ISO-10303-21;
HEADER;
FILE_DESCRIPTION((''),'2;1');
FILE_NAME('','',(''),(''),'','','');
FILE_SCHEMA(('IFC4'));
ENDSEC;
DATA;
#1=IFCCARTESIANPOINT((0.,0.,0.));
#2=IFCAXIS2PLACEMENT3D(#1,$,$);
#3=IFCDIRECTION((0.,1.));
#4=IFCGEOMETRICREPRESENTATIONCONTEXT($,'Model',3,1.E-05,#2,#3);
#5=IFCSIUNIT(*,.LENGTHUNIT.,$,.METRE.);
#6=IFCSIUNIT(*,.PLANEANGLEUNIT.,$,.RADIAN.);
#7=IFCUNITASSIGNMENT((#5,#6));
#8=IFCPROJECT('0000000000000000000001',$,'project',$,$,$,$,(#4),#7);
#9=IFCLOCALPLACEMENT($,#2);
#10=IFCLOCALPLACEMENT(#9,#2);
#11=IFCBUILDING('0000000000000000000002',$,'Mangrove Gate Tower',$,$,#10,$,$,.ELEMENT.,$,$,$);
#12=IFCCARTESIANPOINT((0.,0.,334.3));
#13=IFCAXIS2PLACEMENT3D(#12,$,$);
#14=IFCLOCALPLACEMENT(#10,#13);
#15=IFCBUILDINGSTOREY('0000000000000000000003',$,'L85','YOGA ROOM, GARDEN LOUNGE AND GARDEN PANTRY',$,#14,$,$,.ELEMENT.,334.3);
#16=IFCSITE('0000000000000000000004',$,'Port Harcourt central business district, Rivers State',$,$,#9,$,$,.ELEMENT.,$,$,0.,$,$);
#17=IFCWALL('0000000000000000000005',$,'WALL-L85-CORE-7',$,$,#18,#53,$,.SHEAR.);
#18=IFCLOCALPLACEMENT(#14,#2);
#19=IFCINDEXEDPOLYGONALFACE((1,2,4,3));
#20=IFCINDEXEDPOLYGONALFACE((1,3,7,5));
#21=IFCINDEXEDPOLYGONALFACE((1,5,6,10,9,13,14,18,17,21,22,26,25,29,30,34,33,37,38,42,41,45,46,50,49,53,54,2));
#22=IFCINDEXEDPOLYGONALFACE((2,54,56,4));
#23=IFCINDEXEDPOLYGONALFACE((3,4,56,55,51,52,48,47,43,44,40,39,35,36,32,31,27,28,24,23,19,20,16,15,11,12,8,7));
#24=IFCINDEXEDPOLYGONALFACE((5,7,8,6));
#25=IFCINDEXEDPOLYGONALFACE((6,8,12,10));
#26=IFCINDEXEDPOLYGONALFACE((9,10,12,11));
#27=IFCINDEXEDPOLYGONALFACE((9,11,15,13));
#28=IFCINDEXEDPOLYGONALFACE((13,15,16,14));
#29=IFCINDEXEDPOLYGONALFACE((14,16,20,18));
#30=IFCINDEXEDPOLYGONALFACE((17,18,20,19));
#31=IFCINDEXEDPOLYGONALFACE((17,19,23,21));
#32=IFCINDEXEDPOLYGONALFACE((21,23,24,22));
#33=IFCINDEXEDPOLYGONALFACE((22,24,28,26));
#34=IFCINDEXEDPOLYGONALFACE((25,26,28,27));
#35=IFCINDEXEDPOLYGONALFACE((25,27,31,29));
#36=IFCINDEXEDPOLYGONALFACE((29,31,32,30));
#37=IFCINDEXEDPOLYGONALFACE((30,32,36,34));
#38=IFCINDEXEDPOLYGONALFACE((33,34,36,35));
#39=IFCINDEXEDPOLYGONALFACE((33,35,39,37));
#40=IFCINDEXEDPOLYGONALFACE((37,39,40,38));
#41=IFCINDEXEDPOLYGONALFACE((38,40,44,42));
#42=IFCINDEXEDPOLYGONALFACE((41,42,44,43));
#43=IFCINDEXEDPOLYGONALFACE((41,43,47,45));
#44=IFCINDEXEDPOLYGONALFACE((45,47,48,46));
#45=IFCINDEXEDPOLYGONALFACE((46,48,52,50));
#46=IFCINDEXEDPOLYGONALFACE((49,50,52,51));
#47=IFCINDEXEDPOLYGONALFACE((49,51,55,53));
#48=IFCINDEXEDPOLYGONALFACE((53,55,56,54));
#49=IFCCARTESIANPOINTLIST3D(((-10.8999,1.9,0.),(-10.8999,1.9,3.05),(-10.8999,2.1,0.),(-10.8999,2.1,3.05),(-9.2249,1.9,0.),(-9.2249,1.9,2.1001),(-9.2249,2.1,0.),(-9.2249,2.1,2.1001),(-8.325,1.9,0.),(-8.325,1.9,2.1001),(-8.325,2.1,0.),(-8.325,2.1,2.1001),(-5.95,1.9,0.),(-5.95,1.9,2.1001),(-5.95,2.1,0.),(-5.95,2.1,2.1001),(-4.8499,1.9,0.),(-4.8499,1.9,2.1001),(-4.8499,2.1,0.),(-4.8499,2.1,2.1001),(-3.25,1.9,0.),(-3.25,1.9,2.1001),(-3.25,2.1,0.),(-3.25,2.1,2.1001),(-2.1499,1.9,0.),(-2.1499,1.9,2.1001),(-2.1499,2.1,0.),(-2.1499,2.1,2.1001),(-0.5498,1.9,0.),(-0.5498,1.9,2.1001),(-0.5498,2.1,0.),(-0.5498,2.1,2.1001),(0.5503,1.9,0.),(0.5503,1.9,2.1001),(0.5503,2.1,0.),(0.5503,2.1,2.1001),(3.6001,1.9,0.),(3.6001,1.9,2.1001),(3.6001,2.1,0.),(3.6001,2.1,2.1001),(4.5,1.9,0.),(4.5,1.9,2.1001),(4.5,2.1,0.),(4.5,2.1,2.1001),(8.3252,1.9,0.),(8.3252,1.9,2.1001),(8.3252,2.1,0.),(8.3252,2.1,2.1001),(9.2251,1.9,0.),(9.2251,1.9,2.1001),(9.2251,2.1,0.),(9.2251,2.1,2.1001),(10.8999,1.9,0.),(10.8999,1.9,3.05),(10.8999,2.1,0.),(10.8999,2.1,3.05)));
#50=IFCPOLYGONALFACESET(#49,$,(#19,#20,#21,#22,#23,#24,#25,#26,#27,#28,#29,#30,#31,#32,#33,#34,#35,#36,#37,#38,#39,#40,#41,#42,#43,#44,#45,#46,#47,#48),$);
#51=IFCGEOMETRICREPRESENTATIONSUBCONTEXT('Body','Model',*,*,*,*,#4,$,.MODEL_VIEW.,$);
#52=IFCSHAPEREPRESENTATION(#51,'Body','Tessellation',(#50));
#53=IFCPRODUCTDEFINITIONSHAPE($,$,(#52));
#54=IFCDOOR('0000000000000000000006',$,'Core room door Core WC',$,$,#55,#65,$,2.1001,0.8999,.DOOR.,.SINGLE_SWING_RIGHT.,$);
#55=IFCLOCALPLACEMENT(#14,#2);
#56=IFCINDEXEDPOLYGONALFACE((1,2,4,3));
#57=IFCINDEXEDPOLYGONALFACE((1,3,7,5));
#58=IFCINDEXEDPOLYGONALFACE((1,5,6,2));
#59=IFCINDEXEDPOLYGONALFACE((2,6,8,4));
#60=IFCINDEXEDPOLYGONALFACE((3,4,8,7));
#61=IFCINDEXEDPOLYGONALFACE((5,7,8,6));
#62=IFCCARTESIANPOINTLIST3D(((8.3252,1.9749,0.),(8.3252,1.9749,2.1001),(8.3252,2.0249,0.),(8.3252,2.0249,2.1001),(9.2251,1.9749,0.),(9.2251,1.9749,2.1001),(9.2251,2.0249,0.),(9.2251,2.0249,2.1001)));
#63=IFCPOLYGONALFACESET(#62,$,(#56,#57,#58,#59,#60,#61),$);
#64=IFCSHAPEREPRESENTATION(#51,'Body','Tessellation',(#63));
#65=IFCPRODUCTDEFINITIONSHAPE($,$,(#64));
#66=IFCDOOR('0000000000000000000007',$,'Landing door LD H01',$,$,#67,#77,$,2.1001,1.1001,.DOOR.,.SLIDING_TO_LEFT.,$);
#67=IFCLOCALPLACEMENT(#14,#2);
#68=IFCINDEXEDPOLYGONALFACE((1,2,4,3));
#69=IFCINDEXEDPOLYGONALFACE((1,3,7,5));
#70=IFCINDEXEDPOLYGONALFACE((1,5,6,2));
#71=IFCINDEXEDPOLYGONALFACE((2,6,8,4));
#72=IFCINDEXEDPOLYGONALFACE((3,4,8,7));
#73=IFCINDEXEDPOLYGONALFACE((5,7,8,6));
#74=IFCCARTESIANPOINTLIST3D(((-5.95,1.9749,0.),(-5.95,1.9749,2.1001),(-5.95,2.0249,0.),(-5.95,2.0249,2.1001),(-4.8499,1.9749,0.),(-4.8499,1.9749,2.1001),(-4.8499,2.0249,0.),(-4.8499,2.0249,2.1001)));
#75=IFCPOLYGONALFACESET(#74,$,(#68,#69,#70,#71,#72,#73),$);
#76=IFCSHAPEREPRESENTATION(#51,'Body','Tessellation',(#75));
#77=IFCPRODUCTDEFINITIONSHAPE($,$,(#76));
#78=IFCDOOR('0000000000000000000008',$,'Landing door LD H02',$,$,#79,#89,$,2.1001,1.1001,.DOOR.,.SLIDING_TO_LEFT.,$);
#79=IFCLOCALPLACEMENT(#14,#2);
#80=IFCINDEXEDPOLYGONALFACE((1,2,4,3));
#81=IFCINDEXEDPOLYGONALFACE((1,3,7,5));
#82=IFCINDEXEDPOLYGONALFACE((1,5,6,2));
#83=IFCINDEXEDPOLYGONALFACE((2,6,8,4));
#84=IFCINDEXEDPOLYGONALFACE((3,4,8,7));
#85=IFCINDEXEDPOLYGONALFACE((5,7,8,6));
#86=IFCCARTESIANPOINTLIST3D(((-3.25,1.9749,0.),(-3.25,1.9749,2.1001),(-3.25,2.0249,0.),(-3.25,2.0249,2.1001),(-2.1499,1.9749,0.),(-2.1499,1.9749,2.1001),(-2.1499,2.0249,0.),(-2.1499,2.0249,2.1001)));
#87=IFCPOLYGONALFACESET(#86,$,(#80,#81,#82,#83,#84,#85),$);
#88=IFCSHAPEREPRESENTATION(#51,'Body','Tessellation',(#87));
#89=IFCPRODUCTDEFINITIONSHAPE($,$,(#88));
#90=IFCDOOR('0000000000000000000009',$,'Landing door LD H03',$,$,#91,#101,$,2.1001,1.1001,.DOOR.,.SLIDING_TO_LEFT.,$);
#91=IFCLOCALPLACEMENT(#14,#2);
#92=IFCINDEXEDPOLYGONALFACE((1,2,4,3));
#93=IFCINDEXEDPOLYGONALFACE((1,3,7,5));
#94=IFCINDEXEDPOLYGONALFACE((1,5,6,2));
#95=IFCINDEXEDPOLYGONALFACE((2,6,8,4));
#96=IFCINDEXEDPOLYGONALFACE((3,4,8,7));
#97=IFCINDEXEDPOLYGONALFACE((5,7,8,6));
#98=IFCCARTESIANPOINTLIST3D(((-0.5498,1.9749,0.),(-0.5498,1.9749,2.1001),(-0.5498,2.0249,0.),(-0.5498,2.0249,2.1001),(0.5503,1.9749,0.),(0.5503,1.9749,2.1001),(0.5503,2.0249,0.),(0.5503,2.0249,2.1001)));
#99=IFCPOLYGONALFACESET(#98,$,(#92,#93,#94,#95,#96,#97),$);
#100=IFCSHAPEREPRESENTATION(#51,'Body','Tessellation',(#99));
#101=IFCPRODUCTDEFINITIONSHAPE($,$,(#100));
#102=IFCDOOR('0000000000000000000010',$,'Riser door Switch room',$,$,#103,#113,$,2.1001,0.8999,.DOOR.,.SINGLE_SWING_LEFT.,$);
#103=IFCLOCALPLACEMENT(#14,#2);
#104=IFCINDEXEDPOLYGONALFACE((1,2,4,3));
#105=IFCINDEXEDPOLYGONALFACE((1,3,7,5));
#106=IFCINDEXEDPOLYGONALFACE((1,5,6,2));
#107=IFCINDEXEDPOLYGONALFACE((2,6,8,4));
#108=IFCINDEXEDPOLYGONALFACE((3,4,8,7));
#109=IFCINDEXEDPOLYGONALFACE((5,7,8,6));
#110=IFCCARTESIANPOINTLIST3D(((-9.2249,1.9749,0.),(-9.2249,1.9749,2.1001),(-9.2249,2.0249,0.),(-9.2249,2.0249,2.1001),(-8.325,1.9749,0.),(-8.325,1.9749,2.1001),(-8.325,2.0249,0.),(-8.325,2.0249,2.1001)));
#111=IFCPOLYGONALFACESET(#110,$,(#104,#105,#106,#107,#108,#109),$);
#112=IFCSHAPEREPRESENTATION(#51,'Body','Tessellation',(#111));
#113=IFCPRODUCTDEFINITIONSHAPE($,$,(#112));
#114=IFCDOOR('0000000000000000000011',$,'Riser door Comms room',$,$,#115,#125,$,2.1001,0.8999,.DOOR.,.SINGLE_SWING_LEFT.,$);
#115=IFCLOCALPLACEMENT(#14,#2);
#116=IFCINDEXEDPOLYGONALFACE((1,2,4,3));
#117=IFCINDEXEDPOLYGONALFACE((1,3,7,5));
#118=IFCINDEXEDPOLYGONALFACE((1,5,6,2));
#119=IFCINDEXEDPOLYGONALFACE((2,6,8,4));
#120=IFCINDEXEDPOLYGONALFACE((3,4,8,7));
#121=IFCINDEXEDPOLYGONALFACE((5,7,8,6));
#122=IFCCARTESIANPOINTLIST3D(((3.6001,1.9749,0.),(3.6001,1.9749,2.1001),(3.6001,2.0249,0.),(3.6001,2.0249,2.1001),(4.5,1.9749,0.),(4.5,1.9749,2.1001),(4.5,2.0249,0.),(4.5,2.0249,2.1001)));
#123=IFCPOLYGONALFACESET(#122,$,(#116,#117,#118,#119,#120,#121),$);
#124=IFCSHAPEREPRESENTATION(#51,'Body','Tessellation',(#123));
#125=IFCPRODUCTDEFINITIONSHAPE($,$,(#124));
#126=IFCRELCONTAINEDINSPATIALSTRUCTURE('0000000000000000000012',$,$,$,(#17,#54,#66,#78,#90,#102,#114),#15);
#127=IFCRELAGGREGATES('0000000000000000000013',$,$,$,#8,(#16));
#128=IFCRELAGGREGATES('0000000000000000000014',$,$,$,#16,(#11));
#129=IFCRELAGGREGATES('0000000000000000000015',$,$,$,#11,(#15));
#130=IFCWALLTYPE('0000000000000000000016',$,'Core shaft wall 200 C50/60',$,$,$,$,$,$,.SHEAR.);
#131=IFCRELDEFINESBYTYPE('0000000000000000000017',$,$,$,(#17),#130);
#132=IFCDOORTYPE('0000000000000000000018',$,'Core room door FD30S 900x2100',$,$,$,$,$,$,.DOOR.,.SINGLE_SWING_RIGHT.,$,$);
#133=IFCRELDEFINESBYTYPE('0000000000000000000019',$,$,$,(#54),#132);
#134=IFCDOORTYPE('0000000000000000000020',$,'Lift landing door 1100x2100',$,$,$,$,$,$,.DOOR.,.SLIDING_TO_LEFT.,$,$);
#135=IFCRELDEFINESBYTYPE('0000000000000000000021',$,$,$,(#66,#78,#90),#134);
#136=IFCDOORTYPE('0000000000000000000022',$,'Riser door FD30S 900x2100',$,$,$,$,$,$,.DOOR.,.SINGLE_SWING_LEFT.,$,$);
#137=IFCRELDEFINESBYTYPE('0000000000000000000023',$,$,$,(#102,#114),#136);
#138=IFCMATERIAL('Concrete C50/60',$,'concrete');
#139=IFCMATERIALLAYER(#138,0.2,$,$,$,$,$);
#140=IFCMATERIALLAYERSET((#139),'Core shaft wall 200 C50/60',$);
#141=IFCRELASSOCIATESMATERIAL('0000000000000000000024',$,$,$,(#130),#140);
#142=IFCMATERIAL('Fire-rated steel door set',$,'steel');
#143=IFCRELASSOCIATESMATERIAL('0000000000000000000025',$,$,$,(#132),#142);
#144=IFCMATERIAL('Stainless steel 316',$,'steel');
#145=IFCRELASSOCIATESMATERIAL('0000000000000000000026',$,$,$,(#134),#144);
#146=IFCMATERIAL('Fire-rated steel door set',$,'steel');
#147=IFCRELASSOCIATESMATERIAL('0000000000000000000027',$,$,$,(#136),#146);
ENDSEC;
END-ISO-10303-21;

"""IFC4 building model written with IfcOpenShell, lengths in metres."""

from ifc_helpers import new_model, si_unit, direction, frame, frame_2d, origin, place, context, subcontext, project, spatial, rectangle, extrude, material, layer, layer_set, type_object, element, fill, save


model = new_model("IFC4")

# Units and contexts
model_context = context("Model", 3, precision=1e-05, world=origin(), true_north=direction((0.0, 1.0)))
body_context = subcontext(model_context, "Body", "Model", "MODEL_VIEW")
ifc_project = project(units=[si_unit("LENGTHUNIT", "METRE"), si_unit("PLANEANGLEUNIT", "RADIAN")], contexts=[model_context])

# Site, building, storey
site_placement = place(None, origin())
site = spatial("IfcSite", under=ifc_project, at=site_placement, Name="Port Harcourt central business district, Rivers State", CompositionType="ELEMENT", RefElevation=0.0)
building_placement = place(site_placement, origin())
building = spatial("IfcBuilding", under=site, at=building_placement, Name="Mangrove Gate Tower", CompositionType="ELEMENT")
storey_placement = place(building_placement, frame((0.0, 0.0, 334.3)))
storey = spatial("IfcBuildingStorey", under=building, at=storey_placement, Name="L85", Description="YOGA ROOM, GARDEN LOUNGE AND GARDEN PANTRY", CompositionType="ELEMENT", Elevation=334.3)

# Shared definitions
ifc_material_1 = material(Name="Concrete C50/60", Category="concrete")
ifc_layer_1 = layer(ifc_material_1, 0.2)
ifc_layer_set_1 = layer_set([ifc_layer_1], Name="Core shaft wall 200 C50/60")
wall_type_1 = type_object("IfcWallType", Name="Core shaft wall 200 C50/60", PredefinedType="SHEAR", material=ifc_layer_set_1)

# Wall, openings, doors
wall_1_placement = place(storey_placement, frame((-10.8999, 2.0, 0.0), z_axis=(0.0, 0.0, 1.0), x_axis=(1.0, 0.0, 0.0)))
wall_1 = element("IfcWall", 1, at=wall_1_placement, inside=storey, type_object=wall_type_1, Name="WALL-L85-CORE-7", PredefinedType="SHEAR", context=body_context, shape_type="SweptSolid", body=[
    extrude(rectangle(XDim=21.7998, YDim=0.2, at=frame_2d((10.8999, 0.0))), origin(), (0.0, 0.0, 1.0), 3.05),
])
opening_1_placement = place(wall_1_placement, frame((4.95, 0.0, 0.0)))
opening_1 = element("IfcOpeningElement", 2, at=opening_1_placement, cuts=wall_1, PredefinedType="OPENING", context=body_context, shape_type="SweptSolid", body=[
    extrude(rectangle(XDim=1.1001, YDim=2.1001, at=frame_2d((0.55, 1.05))), frame((0.0, 0.1099, 0.0), z_axis=(0.0, -1.0, 0.0), x_axis=(1.0, 0.0, 0.0)), (0.0, 0.0, 1.0), 0.22),
])
opening_2_placement = place(wall_1_placement, frame((7.6499, 0.0, 0.0)))
opening_2 = element("IfcOpeningElement", 3, at=opening_2_placement, cuts=wall_1, PredefinedType="OPENING", context=body_context, shape_type="SweptSolid", body=[
    extrude(rectangle(XDim=1.1001, YDim=2.1001, at=frame_2d((0.55, 1.05))), frame((0.0, 0.1099, 0.0), z_axis=(0.0, -1.0, 0.0), x_axis=(1.0, 0.0, 0.0)), (0.0, 0.0, 1.0), 0.22),
])
opening_3_placement = place(wall_1_placement, frame((10.3501, 0.0, 0.0)))
opening_3 = element("IfcOpeningElement", 4, at=opening_3_placement, cuts=wall_1, PredefinedType="OPENING", context=body_context, shape_type="SweptSolid", body=[
    extrude(rectangle(XDim=1.1001, YDim=2.1001, at=frame_2d((0.55, 1.05))), frame((0.0, 0.1099, 0.0), z_axis=(0.0, -1.0, 0.0), x_axis=(1.0, 0.0, 0.0)), (0.0, 0.0, 1.0), 0.22),
])
opening_4_placement = place(wall_1_placement, frame((1.675, 0.0, 0.0)))
opening_4 = element("IfcOpeningElement", 5, at=opening_4_placement, cuts=wall_1, PredefinedType="OPENING", context=body_context, shape_type="SweptSolid", body=[
    extrude(rectangle(XDim=0.8999, YDim=2.1001, at=frame_2d((0.45, 1.05))), frame((0.0, 0.1099, 0.0), z_axis=(0.0, -1.0, 0.0), x_axis=(1.0, 0.0, 0.0)), (0.0, 0.0, 1.0), 0.22),
])
opening_5_placement = place(wall_1_placement, frame((14.5, 0.0, 0.0)))
opening_5 = element("IfcOpeningElement", 6, at=opening_5_placement, cuts=wall_1, PredefinedType="OPENING", context=body_context, shape_type="SweptSolid", body=[
    extrude(rectangle(XDim=0.8999, YDim=2.1001, at=frame_2d((0.45, 1.05))), frame((0.0, 0.1099, 0.0), z_axis=(0.0, -1.0, 0.0), x_axis=(1.0, 0.0, 0.0)), (0.0, 0.0, 1.0), 0.22),
])
opening_6_placement = place(wall_1_placement, frame((19.2251, 0.0, 0.0)))
opening_6 = element("IfcOpeningElement", 7, at=opening_6_placement, cuts=wall_1, PredefinedType="OPENING", context=body_context, shape_type="SweptSolid", body=[
    extrude(rectangle(XDim=0.8999, YDim=2.1001, at=frame_2d((0.45, 1.05))), frame((0.0, 0.1099, 0.0), z_axis=(0.0, -1.0, 0.0), x_axis=(1.0, 0.0, 0.0)), (0.0, 0.0, 1.0), 0.22),
])
ifc_material_2 = material(Name="Fire-rated steel door set", Category="steel")
door_type_1 = type_object("IfcDoorType", Name="Core room door FD30S 900x2100", OperationType="SINGLE_SWING_RIGHT", PredefinedType="DOOR", material=ifc_material_2)
door_1_placement = place(opening_6_placement, origin())
door_1 = element("IfcDoor", 8, at=door_1_placement, inside=storey, type_object=door_type_1, Name="Core room door Core WC", OperationType="SINGLE_SWING_RIGHT", OverallHeight=2.1001, OverallWidth=0.8999, PredefinedType="DOOR", context=body_context, shape_type="SweptSolid", body=[
    extrude(rectangle(XDim=0.8999, YDim=2.1001, at=frame_2d((0.45, 1.05))), frame((0.0, 0.0249, 0.0), z_axis=(0.0, -1.0, 0.0), x_axis=(1.0, 0.0, 0.0)), (0.0, 0.0, 1.0), 0.05),
])
fill(opening_6, door_1)
ifc_material_3 = material(Name="Stainless steel 316", Category="steel")
door_type_2 = type_object("IfcDoorType", Name="Lift landing door 1100x2100", OperationType="SLIDING_TO_LEFT", PredefinedType="DOOR", material=ifc_material_3)
door_2_placement = place(opening_1_placement, origin())
door_2 = element("IfcDoor", 9, at=door_2_placement, inside=storey, type_object=door_type_2, Name="Landing door LD H01", OperationType="SLIDING_TO_LEFT", OverallHeight=2.1001, OverallWidth=1.1001, PredefinedType="DOOR", context=body_context, shape_type="SweptSolid", body=[
    extrude(rectangle(XDim=1.1001, YDim=2.1001, at=frame_2d((0.55, 1.05))), frame((0.0, 0.0249, 0.0), z_axis=(0.0, -1.0, 0.0), x_axis=(1.0, 0.0, 0.0)), (0.0, 0.0, 1.0), 0.05),
])
fill(opening_1, door_2)
door_3_placement = place(opening_2_placement, origin())
door_3 = element("IfcDoor", 10, at=door_3_placement, inside=storey, type_object=door_type_2, Name="Landing door LD H02", OperationType="SLIDING_TO_LEFT", OverallHeight=2.1001, OverallWidth=1.1001, PredefinedType="DOOR", context=body_context, shape_type="SweptSolid", body=[
    extrude(rectangle(XDim=1.1001, YDim=2.1001, at=frame_2d((0.55, 1.05))), frame((0.0, 0.0249, 0.0), z_axis=(0.0, -1.0, 0.0), x_axis=(1.0, 0.0, 0.0)), (0.0, 0.0, 1.0), 0.05),
])
fill(opening_2, door_3)
door_4_placement = place(opening_3_placement, origin())
door_4 = element("IfcDoor", 11, at=door_4_placement, inside=storey, type_object=door_type_2, Name="Landing door LD H03", OperationType="SLIDING_TO_LEFT", OverallHeight=2.1001, OverallWidth=1.1001, PredefinedType="DOOR", context=body_context, shape_type="SweptSolid", body=[
    extrude(rectangle(XDim=1.1001, YDim=2.1001, at=frame_2d((0.55, 1.05))), frame((0.0, 0.0249, 0.0), z_axis=(0.0, -1.0, 0.0), x_axis=(1.0, 0.0, 0.0)), (0.0, 0.0, 1.0), 0.05),
])
fill(opening_3, door_4)
ifc_material_4 = material(Name="Fire-rated steel door set", Category="steel")
door_type_3 = type_object("IfcDoorType", Name="Riser door FD30S 900x2100", OperationType="SINGLE_SWING_LEFT", PredefinedType="DOOR", material=ifc_material_4)
door_5_placement = place(opening_4_placement, origin())
door_5 = element("IfcDoor", 12, at=door_5_placement, inside=storey, type_object=door_type_3, Name="Riser door Switch room", OperationType="SINGLE_SWING_LEFT", OverallHeight=2.1001, OverallWidth=0.8999, PredefinedType="DOOR", context=body_context, shape_type="SweptSolid", body=[
    extrude(rectangle(XDim=0.8999, YDim=2.1001, at=frame_2d((0.45, 1.05))), frame((0.0, 0.0249, 0.0), z_axis=(0.0, -1.0, 0.0), x_axis=(1.0, 0.0, 0.0)), (0.0, 0.0, 1.0), 0.05),
])
fill(opening_4, door_5)
door_6_placement = place(opening_5_placement, origin())
door_6 = element("IfcDoor", 13, at=door_6_placement, inside=storey, type_object=door_type_3, Name="Riser door Comms room", OperationType="SINGLE_SWING_LEFT", OverallHeight=2.1001, OverallWidth=0.8999, PredefinedType="DOOR", context=body_context, shape_type="SweptSolid", body=[
    extrude(rectangle(XDim=0.8999, YDim=2.1001, at=frame_2d((0.45, 1.05))), frame((0.0, 0.0249, 0.0), z_axis=(0.0, -1.0, 0.0), x_axis=(1.0, 0.0, 0.0)), (0.0, 0.0, 1.0), 0.05),
])
fill(opening_5, door_6)

save(model, "model.ifc")
